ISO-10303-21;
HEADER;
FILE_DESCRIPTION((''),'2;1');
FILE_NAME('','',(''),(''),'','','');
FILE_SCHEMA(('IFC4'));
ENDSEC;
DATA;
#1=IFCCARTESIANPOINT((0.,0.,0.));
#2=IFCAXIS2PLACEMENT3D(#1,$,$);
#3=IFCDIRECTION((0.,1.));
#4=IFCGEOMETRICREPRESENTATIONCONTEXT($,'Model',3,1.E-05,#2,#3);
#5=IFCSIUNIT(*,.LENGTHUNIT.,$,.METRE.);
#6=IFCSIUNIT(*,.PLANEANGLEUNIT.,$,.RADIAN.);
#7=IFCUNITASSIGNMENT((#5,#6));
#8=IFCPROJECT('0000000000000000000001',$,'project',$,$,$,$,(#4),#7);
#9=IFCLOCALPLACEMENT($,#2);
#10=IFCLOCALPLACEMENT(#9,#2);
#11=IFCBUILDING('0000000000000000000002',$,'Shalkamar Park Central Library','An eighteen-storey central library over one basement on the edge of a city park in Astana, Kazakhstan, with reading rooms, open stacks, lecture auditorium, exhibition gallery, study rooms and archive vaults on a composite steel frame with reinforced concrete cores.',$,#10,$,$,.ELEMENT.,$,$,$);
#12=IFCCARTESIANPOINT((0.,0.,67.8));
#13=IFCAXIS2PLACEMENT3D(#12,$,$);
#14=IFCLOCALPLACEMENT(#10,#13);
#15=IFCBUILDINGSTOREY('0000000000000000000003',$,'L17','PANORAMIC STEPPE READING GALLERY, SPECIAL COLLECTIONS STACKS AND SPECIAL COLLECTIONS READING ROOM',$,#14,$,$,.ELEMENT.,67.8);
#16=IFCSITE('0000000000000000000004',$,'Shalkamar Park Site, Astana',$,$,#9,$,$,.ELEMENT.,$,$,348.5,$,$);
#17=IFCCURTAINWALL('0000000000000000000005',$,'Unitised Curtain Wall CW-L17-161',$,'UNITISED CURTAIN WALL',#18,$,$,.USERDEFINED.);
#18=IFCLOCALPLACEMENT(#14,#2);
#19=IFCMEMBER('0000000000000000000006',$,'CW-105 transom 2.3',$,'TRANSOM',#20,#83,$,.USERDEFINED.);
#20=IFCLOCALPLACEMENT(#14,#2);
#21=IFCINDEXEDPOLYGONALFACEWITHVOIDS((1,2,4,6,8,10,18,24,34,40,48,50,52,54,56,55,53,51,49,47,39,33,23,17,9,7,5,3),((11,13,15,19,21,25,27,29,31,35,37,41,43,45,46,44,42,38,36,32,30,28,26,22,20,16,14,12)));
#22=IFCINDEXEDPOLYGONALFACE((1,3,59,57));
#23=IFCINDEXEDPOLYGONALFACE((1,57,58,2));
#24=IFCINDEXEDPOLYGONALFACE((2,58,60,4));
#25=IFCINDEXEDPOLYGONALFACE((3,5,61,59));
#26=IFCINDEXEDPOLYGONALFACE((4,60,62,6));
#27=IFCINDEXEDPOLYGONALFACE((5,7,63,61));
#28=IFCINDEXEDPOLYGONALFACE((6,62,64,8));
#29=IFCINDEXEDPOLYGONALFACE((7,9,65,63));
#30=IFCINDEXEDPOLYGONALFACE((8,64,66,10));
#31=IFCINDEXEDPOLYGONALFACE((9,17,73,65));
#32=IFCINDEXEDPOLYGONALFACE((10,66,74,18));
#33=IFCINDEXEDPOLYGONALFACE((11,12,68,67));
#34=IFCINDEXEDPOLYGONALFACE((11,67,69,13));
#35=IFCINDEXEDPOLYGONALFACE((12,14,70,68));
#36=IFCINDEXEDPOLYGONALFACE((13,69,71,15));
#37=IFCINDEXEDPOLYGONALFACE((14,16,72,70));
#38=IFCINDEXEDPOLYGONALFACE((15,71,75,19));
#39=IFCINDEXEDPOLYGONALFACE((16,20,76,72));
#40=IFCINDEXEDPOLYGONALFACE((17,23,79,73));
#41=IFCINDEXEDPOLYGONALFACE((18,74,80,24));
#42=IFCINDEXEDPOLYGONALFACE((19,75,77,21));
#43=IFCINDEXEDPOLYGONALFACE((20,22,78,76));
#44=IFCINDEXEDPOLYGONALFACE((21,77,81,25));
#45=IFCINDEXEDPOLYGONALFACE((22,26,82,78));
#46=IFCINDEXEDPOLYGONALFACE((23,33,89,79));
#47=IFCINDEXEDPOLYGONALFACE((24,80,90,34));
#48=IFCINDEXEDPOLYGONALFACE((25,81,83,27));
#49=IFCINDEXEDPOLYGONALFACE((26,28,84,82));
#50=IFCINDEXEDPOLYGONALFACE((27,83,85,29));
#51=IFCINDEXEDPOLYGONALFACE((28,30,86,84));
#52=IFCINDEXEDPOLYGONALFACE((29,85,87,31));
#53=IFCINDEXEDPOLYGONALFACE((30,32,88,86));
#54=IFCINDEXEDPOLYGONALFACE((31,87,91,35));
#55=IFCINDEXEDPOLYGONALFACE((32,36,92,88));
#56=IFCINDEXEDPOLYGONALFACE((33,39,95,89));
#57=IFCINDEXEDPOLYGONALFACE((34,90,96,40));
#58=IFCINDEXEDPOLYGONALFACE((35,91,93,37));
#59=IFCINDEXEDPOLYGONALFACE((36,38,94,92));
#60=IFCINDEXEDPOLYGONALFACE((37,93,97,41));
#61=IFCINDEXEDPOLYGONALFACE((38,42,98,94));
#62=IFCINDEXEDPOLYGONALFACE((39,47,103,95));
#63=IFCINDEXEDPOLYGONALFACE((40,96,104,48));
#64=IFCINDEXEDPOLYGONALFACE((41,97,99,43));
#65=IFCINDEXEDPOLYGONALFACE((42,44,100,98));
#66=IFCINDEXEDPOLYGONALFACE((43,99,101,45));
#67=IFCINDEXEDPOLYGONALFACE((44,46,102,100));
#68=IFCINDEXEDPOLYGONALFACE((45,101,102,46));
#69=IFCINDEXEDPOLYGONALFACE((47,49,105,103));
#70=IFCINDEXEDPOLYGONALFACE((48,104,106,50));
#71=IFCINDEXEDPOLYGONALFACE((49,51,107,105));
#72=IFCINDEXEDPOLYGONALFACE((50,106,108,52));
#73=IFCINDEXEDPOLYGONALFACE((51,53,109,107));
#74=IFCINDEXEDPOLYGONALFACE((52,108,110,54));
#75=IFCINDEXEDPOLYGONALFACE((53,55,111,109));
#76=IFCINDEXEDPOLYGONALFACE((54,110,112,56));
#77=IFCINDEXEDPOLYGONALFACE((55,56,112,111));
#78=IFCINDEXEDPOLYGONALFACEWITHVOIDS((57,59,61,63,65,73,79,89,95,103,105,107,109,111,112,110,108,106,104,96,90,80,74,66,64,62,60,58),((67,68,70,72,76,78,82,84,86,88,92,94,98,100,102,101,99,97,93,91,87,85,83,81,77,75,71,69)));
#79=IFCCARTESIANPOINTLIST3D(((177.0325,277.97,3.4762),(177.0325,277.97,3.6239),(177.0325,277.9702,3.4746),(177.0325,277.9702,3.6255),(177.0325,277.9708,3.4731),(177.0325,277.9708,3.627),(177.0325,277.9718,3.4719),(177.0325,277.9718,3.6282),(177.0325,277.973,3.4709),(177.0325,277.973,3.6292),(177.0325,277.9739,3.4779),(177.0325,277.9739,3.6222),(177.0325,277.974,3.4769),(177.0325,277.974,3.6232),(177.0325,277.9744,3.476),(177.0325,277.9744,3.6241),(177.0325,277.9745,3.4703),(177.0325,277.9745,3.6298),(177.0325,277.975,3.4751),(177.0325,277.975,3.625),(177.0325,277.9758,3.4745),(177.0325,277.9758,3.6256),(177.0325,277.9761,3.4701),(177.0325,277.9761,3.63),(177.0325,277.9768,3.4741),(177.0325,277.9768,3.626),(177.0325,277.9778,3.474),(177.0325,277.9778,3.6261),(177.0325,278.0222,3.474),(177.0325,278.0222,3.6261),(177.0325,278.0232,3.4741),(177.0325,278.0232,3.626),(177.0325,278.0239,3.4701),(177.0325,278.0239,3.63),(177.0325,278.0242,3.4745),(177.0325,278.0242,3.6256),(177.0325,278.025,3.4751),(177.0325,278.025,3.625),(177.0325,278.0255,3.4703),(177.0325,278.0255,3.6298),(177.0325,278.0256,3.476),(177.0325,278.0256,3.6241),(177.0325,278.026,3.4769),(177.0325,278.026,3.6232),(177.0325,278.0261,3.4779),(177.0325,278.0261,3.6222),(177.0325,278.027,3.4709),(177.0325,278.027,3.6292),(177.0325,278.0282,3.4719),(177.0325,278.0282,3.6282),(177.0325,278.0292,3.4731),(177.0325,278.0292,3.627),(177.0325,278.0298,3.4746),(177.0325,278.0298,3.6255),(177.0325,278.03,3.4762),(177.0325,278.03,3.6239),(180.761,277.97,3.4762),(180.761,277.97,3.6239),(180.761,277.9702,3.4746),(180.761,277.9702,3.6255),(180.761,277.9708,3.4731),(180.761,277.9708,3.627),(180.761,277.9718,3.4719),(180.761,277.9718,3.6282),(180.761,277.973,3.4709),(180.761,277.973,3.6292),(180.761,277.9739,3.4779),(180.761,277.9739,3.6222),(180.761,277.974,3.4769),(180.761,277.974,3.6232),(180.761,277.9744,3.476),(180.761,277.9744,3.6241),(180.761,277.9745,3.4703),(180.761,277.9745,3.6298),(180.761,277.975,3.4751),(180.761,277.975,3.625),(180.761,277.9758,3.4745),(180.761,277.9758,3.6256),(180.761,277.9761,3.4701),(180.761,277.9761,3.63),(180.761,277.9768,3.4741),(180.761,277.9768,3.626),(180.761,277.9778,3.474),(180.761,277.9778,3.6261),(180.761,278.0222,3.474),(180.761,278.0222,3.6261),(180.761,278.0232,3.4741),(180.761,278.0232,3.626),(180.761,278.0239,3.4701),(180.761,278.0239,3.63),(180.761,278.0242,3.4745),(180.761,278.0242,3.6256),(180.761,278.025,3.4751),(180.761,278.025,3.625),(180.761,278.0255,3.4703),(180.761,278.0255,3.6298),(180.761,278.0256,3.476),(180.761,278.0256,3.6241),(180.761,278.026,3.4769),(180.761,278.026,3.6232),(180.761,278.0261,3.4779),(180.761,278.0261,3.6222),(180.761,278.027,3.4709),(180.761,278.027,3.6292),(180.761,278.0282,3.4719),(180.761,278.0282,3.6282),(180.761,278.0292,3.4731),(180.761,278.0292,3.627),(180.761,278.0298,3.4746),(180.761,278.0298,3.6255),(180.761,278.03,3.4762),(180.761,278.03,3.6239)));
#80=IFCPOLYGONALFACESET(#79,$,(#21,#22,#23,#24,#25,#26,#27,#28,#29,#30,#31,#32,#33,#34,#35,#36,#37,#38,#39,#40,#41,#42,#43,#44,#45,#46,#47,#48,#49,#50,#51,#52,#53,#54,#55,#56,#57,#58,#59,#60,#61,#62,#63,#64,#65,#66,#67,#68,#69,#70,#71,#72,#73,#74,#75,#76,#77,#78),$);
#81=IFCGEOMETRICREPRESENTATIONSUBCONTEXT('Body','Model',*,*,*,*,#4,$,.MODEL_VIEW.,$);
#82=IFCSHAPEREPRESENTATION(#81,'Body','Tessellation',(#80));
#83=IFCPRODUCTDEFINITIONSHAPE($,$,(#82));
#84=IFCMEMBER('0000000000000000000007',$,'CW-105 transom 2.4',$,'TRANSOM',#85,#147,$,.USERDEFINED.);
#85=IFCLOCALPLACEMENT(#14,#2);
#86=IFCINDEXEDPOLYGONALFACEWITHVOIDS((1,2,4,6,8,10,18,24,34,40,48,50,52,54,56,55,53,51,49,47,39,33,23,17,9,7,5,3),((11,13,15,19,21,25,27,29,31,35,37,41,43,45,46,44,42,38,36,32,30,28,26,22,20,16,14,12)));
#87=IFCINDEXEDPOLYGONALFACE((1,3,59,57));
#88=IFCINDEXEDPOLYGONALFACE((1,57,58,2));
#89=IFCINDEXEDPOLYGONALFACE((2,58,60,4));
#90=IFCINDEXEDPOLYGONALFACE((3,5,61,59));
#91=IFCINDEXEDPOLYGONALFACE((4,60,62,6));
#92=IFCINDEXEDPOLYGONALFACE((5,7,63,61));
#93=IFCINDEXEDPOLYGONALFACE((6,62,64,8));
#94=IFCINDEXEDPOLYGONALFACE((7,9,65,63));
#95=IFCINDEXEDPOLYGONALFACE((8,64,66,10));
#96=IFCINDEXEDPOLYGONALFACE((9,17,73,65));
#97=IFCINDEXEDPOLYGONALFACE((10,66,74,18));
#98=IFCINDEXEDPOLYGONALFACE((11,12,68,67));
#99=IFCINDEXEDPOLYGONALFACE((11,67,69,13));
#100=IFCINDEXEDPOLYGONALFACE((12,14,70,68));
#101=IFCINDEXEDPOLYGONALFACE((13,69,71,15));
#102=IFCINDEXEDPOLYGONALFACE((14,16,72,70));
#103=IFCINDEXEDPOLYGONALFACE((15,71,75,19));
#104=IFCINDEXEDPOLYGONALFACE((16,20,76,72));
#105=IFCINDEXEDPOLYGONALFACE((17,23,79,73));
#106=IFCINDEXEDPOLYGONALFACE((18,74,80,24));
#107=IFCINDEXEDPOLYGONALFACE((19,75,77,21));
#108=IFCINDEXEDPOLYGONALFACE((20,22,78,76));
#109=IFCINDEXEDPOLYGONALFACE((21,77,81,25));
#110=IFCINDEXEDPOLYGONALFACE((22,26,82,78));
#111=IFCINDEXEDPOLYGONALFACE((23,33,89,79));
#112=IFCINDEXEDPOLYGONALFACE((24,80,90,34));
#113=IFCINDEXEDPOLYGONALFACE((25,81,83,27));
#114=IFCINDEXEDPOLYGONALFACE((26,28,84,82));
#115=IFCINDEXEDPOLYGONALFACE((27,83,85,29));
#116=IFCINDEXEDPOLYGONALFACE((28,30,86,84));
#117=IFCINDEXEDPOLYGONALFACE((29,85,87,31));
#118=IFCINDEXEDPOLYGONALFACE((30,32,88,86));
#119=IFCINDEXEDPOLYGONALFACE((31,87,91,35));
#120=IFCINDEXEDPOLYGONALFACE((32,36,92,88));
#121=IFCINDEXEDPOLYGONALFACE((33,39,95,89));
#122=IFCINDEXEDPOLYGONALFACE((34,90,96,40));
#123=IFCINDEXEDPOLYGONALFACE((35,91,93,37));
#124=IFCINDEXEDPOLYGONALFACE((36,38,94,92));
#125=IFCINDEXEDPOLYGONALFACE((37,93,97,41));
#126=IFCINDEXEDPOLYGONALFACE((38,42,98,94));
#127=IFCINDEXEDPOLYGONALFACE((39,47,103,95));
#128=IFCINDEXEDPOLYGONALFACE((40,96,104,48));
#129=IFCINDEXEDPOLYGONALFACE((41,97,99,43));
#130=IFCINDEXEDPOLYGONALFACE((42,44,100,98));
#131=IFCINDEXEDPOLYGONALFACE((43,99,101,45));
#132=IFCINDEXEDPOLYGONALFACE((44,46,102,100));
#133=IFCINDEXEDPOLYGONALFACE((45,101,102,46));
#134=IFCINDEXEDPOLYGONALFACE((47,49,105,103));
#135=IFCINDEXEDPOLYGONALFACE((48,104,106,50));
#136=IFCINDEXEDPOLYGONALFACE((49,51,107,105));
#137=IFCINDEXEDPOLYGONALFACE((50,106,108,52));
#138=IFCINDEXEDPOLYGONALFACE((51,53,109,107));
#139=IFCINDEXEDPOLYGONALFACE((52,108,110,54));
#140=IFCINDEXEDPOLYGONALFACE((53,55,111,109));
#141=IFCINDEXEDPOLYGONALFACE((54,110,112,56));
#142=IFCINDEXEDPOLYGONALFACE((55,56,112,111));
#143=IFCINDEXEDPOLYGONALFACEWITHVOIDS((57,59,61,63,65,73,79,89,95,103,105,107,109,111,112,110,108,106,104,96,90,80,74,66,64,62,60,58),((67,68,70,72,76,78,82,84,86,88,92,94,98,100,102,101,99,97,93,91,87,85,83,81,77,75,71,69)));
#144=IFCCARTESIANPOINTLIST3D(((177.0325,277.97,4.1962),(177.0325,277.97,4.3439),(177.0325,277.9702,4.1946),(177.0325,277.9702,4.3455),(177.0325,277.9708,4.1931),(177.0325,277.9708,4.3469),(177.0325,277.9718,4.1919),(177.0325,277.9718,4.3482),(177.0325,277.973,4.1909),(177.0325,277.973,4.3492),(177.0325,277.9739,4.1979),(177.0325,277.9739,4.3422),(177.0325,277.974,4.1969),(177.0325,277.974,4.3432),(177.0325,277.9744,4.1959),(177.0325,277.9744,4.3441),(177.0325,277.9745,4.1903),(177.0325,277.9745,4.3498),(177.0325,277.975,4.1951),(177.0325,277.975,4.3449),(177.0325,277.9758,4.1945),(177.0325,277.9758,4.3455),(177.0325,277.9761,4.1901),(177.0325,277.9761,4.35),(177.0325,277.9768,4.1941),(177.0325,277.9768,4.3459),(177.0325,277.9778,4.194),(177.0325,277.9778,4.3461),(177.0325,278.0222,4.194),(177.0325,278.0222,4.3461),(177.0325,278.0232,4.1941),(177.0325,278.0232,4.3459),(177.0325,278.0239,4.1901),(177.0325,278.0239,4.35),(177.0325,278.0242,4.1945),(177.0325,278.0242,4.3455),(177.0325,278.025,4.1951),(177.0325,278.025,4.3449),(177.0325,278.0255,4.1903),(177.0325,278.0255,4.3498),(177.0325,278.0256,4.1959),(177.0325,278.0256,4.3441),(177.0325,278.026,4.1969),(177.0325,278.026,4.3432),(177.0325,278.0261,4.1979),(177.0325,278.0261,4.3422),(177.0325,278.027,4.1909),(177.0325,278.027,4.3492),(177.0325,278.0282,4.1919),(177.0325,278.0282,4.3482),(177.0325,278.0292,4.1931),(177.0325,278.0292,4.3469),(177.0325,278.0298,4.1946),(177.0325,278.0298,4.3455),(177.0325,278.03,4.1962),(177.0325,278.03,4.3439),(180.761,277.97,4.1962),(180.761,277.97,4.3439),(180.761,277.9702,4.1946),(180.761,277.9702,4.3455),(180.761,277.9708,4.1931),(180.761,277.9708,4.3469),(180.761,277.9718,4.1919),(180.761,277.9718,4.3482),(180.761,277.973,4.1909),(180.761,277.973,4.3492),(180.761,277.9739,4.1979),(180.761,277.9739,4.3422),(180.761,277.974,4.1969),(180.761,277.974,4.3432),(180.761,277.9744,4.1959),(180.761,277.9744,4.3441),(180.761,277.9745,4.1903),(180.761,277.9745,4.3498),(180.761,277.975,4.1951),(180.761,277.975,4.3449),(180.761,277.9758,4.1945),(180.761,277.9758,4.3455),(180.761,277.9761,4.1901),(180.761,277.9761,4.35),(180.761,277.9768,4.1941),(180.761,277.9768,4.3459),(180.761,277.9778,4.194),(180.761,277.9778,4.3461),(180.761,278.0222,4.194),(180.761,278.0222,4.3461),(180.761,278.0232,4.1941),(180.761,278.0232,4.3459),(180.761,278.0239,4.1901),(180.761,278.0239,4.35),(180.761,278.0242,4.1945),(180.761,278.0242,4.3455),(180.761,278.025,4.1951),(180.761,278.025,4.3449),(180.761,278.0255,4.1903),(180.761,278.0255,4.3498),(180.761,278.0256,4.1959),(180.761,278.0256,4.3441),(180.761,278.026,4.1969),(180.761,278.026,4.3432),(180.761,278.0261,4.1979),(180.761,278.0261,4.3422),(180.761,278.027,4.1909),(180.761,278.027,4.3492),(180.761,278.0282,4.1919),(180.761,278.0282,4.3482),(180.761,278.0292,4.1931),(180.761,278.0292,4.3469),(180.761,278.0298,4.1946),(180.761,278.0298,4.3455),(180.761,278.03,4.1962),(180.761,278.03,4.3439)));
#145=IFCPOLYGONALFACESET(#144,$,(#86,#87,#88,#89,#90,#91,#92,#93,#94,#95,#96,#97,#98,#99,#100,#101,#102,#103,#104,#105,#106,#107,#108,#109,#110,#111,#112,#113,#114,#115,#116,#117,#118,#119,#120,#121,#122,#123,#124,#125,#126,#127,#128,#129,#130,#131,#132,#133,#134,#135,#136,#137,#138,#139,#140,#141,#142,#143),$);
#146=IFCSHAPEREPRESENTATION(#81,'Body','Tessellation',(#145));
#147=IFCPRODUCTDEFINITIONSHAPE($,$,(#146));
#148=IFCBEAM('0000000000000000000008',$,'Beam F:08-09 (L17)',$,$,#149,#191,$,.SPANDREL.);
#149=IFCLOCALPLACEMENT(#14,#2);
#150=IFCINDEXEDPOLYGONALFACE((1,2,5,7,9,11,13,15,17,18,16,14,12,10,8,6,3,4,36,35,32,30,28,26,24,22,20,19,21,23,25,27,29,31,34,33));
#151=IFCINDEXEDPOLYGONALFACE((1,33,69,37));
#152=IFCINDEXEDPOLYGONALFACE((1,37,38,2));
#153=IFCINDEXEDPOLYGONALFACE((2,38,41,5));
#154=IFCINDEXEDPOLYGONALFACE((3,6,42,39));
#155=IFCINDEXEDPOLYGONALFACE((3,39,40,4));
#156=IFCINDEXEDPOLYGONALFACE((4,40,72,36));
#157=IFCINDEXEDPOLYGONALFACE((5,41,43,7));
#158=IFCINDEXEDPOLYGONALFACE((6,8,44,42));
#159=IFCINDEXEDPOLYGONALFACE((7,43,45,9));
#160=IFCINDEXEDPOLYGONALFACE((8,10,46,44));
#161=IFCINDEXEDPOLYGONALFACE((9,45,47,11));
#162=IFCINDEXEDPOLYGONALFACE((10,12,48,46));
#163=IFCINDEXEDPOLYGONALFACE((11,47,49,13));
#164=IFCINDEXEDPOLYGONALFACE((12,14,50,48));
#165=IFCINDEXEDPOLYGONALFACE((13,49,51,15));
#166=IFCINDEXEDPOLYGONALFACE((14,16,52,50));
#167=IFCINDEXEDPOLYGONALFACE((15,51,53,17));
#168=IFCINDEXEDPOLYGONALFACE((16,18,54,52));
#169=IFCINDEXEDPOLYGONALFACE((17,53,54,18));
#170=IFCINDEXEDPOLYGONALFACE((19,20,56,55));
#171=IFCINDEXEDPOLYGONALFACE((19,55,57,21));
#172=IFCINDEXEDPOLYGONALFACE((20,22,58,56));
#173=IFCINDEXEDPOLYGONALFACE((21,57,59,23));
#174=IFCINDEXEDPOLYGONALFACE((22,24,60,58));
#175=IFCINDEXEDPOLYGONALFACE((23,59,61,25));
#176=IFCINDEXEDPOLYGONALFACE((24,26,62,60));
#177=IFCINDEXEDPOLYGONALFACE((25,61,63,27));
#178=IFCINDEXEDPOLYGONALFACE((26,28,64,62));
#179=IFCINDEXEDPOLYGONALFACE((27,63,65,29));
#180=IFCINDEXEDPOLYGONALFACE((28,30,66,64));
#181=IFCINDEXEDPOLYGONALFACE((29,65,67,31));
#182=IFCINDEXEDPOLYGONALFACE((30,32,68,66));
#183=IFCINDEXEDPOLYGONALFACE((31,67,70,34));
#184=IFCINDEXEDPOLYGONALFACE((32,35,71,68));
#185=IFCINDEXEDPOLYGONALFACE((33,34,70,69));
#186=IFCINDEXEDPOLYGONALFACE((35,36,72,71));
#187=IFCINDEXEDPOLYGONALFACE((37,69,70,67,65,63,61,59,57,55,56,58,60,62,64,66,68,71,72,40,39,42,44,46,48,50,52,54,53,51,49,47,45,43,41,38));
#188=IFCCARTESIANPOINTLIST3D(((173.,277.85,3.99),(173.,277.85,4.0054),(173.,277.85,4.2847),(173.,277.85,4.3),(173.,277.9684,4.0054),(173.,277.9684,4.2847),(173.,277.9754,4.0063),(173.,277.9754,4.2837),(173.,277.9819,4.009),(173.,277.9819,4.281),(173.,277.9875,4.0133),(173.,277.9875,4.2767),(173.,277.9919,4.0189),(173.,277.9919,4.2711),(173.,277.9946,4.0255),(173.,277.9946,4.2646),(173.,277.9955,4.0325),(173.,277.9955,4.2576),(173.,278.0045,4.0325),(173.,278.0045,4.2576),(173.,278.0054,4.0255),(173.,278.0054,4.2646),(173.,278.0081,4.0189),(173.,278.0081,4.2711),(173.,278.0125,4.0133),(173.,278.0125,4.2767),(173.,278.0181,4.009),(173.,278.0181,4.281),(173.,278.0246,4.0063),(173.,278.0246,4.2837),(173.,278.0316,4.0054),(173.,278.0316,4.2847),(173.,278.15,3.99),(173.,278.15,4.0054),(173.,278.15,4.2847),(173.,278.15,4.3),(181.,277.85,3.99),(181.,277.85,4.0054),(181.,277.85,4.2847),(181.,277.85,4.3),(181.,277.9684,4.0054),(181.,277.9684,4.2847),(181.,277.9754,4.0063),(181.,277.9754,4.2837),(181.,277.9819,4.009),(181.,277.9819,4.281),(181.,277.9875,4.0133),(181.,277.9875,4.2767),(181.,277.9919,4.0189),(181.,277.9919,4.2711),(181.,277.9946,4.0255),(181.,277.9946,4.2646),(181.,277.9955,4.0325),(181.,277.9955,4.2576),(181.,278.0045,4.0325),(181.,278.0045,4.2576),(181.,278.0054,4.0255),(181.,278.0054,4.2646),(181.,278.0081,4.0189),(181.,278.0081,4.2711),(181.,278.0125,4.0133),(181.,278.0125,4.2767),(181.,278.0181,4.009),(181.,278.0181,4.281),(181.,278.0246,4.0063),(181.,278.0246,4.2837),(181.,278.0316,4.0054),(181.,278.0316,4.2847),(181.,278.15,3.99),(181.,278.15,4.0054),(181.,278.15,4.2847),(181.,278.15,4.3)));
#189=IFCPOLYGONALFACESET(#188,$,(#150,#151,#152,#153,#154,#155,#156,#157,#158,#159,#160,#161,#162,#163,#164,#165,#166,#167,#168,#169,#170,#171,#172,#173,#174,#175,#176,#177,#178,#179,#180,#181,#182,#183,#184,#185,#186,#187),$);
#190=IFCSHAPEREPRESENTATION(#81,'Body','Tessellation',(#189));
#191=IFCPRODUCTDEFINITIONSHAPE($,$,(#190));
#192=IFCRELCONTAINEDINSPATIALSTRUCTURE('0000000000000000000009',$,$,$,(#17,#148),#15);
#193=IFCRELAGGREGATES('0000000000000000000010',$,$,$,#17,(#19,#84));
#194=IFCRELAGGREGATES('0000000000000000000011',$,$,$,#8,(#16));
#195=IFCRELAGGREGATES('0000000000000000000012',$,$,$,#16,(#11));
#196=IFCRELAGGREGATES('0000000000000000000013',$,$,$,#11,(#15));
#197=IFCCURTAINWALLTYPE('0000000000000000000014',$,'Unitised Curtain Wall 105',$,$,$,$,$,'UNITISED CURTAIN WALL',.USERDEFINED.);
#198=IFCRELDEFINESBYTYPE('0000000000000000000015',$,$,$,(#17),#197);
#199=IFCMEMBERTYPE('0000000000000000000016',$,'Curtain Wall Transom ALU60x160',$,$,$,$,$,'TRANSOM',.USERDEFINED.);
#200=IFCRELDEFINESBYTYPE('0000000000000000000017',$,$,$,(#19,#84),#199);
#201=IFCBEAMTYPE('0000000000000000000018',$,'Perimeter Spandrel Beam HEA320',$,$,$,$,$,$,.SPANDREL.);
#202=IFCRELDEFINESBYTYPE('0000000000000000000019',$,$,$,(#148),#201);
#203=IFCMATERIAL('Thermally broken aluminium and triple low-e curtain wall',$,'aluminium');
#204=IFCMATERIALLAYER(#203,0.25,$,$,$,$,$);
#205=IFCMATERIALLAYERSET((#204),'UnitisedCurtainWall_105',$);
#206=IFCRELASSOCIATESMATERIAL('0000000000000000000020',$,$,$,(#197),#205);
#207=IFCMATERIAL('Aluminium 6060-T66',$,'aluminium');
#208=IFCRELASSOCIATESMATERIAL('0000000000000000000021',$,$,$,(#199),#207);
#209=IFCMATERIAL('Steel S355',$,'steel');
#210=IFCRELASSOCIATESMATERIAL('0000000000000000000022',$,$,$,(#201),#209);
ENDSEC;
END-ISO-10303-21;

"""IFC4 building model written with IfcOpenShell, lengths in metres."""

from ifc_helpers import new_model, si_unit, direction, frame, origin, origin_2d, place, context, subcontext, project, spatial, hollow_rectangle, i_section, extrude, material, layer, layer_set, material_profile, profile_set, type_object, element, aggregate, save


model = new_model("IFC4")

# Units and contexts
model_context = context("Model", 3, precision=1e-05, world=origin(), true_north=direction((0.0, 1.0)))
body_context = subcontext(model_context, "Body", "Model", "MODEL_VIEW")
ifc_project = project(units=[si_unit("LENGTHUNIT", "METRE"), si_unit("PLANEANGLEUNIT", "RADIAN")], contexts=[model_context])

# Site, building, storey
site_placement = place(None, origin())
site = spatial("IfcSite", under=ifc_project, at=site_placement, Name="Shalkamar Park Site, Astana", CompositionType="ELEMENT", RefElevation=348.5)
building_placement = place(site_placement, origin())
building = spatial("IfcBuilding", under=site, at=building_placement, Name="Shalkamar Park Central Library", Description="An eighteen-storey central library over one basement on the edge of a city park in Astana, Kazakhstan, with reading rooms, open stacks, lecture auditorium, exhibition gallery, study rooms and archive vaults on a composite steel frame with reinforced concrete cores.", CompositionType="ELEMENT")
storey_placement = place(building_placement, frame((0.0, 0.0, 67.8)))
storey = spatial("IfcBuildingStorey", under=building, at=storey_placement, Name="L17", Description="PANORAMIC STEPPE READING GALLERY, SPECIAL COLLECTIONS STACKS AND SPECIAL COLLECTIONS READING ROOM", CompositionType="ELEMENT", Elevation=67.8)

# Shared definitions
ifc_material_1 = material(Name="Steel S355", Category="steel")

# Curtain wall, members
ifc_material_2 = material(Name="Thermally broken aluminium and triple low-e curtain wall", Category="aluminium")
ifc_layer_1 = layer(ifc_material_2, 0.25)
ifc_layer_set_1 = layer_set([ifc_layer_1], Name="UnitisedCurtainWall_105")
curtain_wall_type = type_object("IfcCurtainWallType", Name="Unitised Curtain Wall 105", ElementType="UNITISED CURTAIN WALL", PredefinedType="USERDEFINED", material=ifc_layer_set_1)
curtain_wall_placement = place(storey_placement, origin())
curtain_wall = element("IfcCurtainWall", 1, at=curtain_wall_placement, inside=storey, type_object=curtain_wall_type, Name="Unitised Curtain Wall CW-L17-161", ObjectType="UNITISED CURTAIN WALL", PredefinedType="USERDEFINED")
ifc_material_3 = material(Name="Aluminium 6060-T66", Category="aluminium")
ifc_material_profile_1 = material_profile(ifc_material_3, hollow_rectangle(XDim=0.0601, YDim=0.1599, WallThickness=0.0039, InnerFilletRadius=0.0039, OuterFilletRadius=0.0061, at=origin_2d()), Name="ALU 60x160x4")
ifc_profile_set_1 = profile_set([ifc_material_profile_1], Name="Aluminium 6060-T66")
member_type_1 = type_object("IfcMemberType", Name="Curtain Wall Transom ALU60x160", ElementType="TRANSOM", PredefinedType="USERDEFINED", material=ifc_profile_set_1)
member_1_placement = place(storey_placement, frame((177.0325, 278.0, 3.55), z_axis=(1.0, 0.0, 0.0), x_axis=(0.0, 1.0, 0.0)))
member_1 = element("IfcMember", 2, at=member_1_placement, type_object=member_type_1, Name="CW-105 transom 2.3", ObjectType="TRANSOM", PredefinedType="USERDEFINED", context=body_context, shape_type="SweptSolid", body=[
    extrude(hollow_rectangle(XDim=0.0601, YDim=0.1599, WallThickness=0.0039, InnerFilletRadius=0.0039, OuterFilletRadius=0.0061, at=origin_2d()), origin(), (0.0, 0.0, 1.0), 3.7285),
])
member_2_placement = place(storey_placement, frame((177.0325, 278.0, 4.27), z_axis=(1.0, 0.0, 0.0), x_axis=(0.0, 1.0, 0.0)))
member_2 = element("IfcMember", 3, at=member_2_placement, type_object=member_type_1, Name="CW-105 transom 2.4", ObjectType="TRANSOM", PredefinedType="USERDEFINED", context=body_context, shape_type="SweptSolid", body=[
    extrude(hollow_rectangle(XDim=0.0601, YDim=0.1599, WallThickness=0.0039, InnerFilletRadius=0.0039, OuterFilletRadius=0.0061, at=origin_2d()), origin(), (0.0, 0.0, 1.0), 3.7285),
])

# Beam
ifc_material_profile_2 = material_profile(ifc_material_1, i_section(OverallWidth=0.3, OverallDepth=0.3101, WebThickness=0.009, FlangeThickness=0.0154, FilletRadius=0.0271, at=origin_2d()), Name="HEA 320")
ifc_profile_set_2 = profile_set([ifc_material_profile_2], Name="Steel S355")
beam_type_1 = type_object("IfcBeamType", Name="Perimeter Spandrel Beam HEA320", PredefinedType="SPANDREL", material=ifc_profile_set_2)
beam_1_placement = place(storey_placement, frame((173.0, 278.0, 4.145), z_axis=(1.0, 0.0, 0.0), x_axis=(0.0, 1.0, 0.0)))
element("IfcBeam", 4, at=beam_1_placement, inside=storey, type_object=beam_type_1, Name="Beam F:08-09 (L17)", PredefinedType="SPANDREL", context=body_context, shape_type="SweptSolid", body=[
    extrude(i_section(OverallWidth=0.3, OverallDepth=0.3101, WebThickness=0.009, FlangeThickness=0.0154, FilletRadius=0.0271, at=origin_2d()), origin(), (0.0, 0.0, 1.0), 8.0),
])

aggregate(curtain_wall, [member_1, member_2])

save(model, "model.ifc")
